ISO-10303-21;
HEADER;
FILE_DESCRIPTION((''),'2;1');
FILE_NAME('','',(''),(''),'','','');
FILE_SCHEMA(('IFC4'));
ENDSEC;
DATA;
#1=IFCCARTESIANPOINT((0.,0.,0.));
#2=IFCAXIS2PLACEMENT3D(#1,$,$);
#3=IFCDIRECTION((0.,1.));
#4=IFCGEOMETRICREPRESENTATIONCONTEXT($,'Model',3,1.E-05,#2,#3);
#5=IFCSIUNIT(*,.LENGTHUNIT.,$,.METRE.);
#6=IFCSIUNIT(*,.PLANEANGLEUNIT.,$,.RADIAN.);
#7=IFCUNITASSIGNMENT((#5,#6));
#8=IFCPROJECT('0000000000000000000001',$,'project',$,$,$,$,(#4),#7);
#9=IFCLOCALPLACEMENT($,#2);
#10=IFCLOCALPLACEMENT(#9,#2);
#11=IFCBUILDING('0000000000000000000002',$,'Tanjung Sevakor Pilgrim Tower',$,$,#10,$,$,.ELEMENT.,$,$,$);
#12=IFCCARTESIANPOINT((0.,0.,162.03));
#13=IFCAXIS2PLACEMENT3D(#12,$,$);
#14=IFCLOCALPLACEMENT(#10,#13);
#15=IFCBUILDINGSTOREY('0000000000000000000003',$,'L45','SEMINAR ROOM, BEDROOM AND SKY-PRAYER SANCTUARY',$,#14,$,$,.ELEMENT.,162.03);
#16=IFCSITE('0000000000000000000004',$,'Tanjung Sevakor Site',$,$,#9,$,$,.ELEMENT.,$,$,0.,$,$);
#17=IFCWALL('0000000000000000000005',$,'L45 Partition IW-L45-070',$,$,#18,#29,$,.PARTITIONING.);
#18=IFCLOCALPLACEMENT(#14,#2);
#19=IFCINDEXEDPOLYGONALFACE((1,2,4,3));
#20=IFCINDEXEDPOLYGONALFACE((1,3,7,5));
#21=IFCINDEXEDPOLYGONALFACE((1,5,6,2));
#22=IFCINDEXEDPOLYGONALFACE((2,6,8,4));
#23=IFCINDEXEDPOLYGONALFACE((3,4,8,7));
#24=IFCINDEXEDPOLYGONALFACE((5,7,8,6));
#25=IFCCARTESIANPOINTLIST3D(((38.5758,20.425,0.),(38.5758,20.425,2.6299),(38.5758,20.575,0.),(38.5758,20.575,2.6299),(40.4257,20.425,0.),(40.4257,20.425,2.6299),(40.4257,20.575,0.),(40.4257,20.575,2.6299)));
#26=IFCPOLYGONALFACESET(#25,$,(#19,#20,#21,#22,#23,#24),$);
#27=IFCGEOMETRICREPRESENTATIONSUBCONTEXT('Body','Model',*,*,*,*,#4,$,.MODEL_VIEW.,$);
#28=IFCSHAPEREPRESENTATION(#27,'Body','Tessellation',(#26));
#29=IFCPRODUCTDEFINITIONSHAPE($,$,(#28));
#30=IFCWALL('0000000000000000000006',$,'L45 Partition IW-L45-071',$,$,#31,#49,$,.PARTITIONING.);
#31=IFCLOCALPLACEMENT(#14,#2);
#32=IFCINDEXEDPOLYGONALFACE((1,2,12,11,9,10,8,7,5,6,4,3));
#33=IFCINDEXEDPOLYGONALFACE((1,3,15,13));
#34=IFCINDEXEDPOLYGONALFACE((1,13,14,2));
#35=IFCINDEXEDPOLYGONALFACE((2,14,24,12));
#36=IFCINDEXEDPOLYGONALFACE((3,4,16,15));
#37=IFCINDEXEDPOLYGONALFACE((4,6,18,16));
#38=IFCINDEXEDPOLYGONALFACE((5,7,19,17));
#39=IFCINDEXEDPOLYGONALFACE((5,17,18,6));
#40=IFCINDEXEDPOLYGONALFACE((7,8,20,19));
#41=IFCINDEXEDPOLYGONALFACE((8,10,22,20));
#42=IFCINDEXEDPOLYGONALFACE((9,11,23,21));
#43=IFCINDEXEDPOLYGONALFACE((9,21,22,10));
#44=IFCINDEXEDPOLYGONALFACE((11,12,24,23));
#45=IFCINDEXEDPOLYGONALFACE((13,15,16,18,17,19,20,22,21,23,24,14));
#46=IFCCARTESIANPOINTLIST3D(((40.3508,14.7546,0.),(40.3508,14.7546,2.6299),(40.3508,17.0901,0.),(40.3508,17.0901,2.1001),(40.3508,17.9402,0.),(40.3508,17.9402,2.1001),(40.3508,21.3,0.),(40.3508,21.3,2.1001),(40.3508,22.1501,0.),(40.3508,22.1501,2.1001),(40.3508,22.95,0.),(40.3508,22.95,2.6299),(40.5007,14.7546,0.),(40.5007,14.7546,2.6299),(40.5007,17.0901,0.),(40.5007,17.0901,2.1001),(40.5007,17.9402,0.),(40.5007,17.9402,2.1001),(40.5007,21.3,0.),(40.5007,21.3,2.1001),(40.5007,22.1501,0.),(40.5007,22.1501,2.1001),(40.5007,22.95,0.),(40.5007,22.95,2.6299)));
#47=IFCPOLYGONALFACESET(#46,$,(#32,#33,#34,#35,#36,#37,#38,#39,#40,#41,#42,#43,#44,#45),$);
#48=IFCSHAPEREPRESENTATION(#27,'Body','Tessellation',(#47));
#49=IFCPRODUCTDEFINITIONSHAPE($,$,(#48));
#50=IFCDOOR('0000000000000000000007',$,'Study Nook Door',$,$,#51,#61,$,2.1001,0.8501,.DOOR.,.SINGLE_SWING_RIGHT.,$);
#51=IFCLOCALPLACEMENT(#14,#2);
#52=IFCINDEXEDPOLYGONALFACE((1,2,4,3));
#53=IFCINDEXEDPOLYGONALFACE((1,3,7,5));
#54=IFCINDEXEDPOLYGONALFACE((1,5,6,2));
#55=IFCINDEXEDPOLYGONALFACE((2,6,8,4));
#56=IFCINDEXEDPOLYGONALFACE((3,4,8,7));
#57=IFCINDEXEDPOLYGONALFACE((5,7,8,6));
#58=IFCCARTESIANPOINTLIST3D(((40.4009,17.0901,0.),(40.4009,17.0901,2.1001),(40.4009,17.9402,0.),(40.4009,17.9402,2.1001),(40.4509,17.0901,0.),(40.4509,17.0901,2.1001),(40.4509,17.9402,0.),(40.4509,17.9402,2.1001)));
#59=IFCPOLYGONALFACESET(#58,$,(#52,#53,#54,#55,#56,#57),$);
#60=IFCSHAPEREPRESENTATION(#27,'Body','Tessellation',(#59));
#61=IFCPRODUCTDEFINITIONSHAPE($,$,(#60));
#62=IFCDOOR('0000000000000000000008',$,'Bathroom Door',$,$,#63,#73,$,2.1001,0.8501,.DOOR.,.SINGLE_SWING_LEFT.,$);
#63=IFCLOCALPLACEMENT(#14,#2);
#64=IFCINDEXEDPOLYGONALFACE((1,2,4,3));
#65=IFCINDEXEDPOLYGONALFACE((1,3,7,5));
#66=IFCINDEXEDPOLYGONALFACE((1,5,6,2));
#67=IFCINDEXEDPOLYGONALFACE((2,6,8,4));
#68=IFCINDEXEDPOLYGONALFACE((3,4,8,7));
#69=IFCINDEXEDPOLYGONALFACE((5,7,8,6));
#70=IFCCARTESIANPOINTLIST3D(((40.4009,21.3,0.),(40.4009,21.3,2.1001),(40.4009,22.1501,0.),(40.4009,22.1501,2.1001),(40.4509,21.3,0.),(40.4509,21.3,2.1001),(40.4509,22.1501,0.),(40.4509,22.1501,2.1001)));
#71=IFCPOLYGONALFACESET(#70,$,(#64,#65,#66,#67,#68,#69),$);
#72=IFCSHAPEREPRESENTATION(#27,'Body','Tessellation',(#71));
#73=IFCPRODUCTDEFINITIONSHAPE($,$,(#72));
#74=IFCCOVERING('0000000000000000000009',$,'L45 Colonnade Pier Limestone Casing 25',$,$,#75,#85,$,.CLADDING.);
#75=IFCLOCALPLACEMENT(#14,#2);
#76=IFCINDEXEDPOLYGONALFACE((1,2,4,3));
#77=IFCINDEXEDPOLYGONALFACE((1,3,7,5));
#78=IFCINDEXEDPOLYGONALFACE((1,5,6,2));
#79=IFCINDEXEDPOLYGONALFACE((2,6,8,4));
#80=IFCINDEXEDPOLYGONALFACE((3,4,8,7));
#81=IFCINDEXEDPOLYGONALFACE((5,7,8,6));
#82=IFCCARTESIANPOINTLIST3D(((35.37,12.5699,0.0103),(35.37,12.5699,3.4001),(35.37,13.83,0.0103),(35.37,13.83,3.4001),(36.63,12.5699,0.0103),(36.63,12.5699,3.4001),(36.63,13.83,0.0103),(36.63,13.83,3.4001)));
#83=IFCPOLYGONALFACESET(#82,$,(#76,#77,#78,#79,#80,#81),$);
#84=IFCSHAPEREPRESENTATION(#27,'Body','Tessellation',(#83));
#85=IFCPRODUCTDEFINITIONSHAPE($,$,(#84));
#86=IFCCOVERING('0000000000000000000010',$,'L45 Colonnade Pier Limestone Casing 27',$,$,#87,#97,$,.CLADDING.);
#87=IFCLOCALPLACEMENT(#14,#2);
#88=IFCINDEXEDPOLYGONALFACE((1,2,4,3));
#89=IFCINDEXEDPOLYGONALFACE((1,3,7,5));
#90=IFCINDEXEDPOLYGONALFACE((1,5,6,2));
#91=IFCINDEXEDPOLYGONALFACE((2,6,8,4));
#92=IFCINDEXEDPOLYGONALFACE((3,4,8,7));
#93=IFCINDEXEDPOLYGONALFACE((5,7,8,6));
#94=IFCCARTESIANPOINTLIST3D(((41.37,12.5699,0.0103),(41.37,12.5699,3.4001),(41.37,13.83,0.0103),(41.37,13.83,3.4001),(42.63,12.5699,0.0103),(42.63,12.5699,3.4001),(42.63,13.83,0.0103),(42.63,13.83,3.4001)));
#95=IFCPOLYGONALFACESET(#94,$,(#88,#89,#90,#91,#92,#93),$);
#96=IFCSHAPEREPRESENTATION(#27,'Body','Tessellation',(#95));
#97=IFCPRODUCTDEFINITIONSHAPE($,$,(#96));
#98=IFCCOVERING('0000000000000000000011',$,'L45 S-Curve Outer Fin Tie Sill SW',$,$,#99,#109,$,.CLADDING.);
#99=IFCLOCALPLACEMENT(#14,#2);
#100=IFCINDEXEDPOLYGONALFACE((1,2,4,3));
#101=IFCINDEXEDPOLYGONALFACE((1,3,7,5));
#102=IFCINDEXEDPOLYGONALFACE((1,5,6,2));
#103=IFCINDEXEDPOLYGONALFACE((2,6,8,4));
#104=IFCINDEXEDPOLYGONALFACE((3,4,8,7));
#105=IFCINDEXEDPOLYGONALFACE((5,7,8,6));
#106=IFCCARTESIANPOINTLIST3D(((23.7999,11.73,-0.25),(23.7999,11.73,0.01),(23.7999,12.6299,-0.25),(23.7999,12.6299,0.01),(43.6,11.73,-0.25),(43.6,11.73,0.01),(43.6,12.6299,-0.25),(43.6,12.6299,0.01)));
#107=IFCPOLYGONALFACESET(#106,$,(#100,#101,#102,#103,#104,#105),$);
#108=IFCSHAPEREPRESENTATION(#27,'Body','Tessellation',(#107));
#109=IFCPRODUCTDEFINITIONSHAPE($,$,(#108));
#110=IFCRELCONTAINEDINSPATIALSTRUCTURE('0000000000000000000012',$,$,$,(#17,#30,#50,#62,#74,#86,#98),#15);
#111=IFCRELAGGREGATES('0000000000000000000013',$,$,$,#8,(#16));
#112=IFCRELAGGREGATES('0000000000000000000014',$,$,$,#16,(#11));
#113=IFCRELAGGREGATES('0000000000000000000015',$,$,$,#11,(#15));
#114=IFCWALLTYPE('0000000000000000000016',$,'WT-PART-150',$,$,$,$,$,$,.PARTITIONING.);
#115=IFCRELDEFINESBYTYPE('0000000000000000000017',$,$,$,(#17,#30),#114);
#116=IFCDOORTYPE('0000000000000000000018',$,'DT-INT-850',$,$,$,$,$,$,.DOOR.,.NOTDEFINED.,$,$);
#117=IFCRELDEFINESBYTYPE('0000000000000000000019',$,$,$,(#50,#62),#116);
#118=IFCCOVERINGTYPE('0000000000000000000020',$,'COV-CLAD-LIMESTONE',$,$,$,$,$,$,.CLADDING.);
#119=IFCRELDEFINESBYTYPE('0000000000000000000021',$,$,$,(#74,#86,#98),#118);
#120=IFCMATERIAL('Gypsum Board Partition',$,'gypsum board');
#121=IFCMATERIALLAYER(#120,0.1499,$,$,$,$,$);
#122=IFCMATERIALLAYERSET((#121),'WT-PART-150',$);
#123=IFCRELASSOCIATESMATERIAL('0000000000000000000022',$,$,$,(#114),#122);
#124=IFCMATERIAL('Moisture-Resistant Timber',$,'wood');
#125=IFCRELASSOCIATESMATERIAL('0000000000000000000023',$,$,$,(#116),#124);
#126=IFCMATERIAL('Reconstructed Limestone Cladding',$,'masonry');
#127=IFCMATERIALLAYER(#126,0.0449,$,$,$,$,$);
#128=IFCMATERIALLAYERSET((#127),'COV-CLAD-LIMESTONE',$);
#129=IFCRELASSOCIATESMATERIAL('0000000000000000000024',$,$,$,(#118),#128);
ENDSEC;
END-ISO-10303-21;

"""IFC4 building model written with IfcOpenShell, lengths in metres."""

from ifc_helpers import new_model, si_unit, direction, frame, frame_2d, origin, origin_2d, place, context, subcontext, project, spatial, rectangle, extrude, material, layer, layer_set, type_object, element, fill, save


model = new_model("IFC4")

# Units and contexts
model_context = context("Model", 3, precision=1e-05, world=origin(), true_north=direction((0.0, 1.0)))
body_context = subcontext(model_context, "Body", "Model", "MODEL_VIEW")
ifc_project = project(units=[si_unit("LENGTHUNIT", "METRE"), si_unit("PLANEANGLEUNIT", "RADIAN")], contexts=[model_context])

# Site, building, storey
site_placement = place(None, origin())
site = spatial("IfcSite", under=ifc_project, at=site_placement, Name="Tanjung Sevakor Site", CompositionType="ELEMENT", RefElevation=0.0)
building_placement = place(site_placement, origin())
building = spatial("IfcBuilding", under=site, at=building_placement, Name="Tanjung Sevakor Pilgrim Tower", CompositionType="ELEMENT")
storey_placement = place(building_placement, frame((0.0, 0.0, 162.03)))
storey = spatial("IfcBuildingStorey", under=building, at=storey_placement, Name="L45", Description="SEMINAR ROOM, BEDROOM AND SKY-PRAYER SANCTUARY", CompositionType="ELEMENT", Elevation=162.03)

# Wall
ifc_material_1 = material(Name="Gypsum Board Partition", Category="gypsum board")
ifc_layer_1 = layer(ifc_material_1, 0.1499)
ifc_layer_set_1 = layer_set([ifc_layer_1], Name="WT-PART-150")
wall_type_1 = type_object("IfcWallType", Name="WT-PART-150", PredefinedType="PARTITIONING", material=ifc_layer_set_1)
wall_1_placement = place(storey_placement, frame((38.5759, 20.5, 0.0), z_axis=(0.0, 0.0, 1.0), x_axis=(1.0, 0.0, 0.0)))
element("IfcWall", 1, at=wall_1_placement, inside=storey, type_object=wall_type_1, Name="L45 Partition IW-L45-070", PredefinedType="PARTITIONING", context=body_context, shape_type="SweptSolid", body=[
    extrude(rectangle(XDim=1.8499, YDim=0.1499, at=frame_2d((0.9248, 0.0))), origin(), (0.0, 0.0, 1.0), 2.6299),
])

# Wall, openings, doors
wall_2_placement = place(storey_placement, frame((40.4258, 14.7546, 0.0), z_axis=(0.0, 0.0, 1.0), x_axis=(0.0, 1.0, 0.0)))
wall_2 = element("IfcWall", 2, at=wall_2_placement, inside=storey, type_object=wall_type_1, Name="L45 Partition IW-L45-071", PredefinedType="PARTITIONING", context=body_context, shape_type="SweptSolid", body=[
    extrude(rectangle(XDim=8.1953, YDim=0.1499, at=frame_2d((4.0977, 0.0))), origin(), (0.0, 0.0, 1.0), 2.6299),
])
opening_1_placement = place(wall_2_placement, frame((2.3354, 0.0, 0.0)))
opening_1 = element("IfcOpeningElement", 3, at=opening_1_placement, cuts=wall_2, PredefinedType="OPENING", context=body_context, shape_type="SweptSolid", body=[
    extrude(rectangle(XDim=0.8501, YDim=2.1001, at=frame_2d((0.425, 1.05))), frame((0.0, 0.085, 0.0), z_axis=(0.0, -1.0, 0.0), x_axis=(1.0, 0.0, 0.0)), (0.0, 0.0, 1.0), 0.1699),
])
opening_2_placement = place(wall_2_placement, frame((6.5454, 0.0, 0.0)))
opening_2 = element("IfcOpeningElement", 4, at=opening_2_placement, cuts=wall_2, PredefinedType="OPENING", context=body_context, shape_type="SweptSolid", body=[
    extrude(rectangle(XDim=0.8501, YDim=2.1001, at=frame_2d((0.425, 1.05))), frame((0.0, 0.085, 0.0), z_axis=(0.0, -1.0, 0.0), x_axis=(1.0, 0.0, 0.0)), (0.0, 0.0, 1.0), 0.1699),
])
ifc_material_2 = material(Name="Moisture-Resistant Timber", Category="wood")
door_type_1 = type_object("IfcDoorType", Name="DT-INT-850", OperationType="NOTDEFINED", PredefinedType="DOOR", material=ifc_material_2)
door_1_placement = place(opening_1_placement, origin())
door_1 = element("IfcDoor", 5, at=door_1_placement, inside=storey, type_object=door_type_1, Name="Study Nook Door", OperationType="SINGLE_SWING_RIGHT", OverallHeight=2.1001, OverallWidth=0.8501, PredefinedType="DOOR", context=body_context, shape_type="SweptSolid", body=[
    extrude(rectangle(XDim=0.8501, YDim=2.1001, at=frame_2d((0.425, 1.05))), frame((0.0, 0.0249, 0.0), z_axis=(0.0, -1.0, 0.0), x_axis=(1.0, 0.0, 0.0)), (0.0, 0.0, 1.0), 0.05),
])
fill(opening_1, door_1)
door_2_placement = place(opening_2_placement, origin())
door_2 = element("IfcDoor", 6, at=door_2_placement, inside=storey, type_object=door_type_1, Name="Bathroom Door", OperationType="SINGLE_SWING_LEFT", OverallHeight=2.1001, OverallWidth=0.8501, PredefinedType="DOOR", context=body_context, shape_type="SweptSolid", body=[
    extrude(rectangle(XDim=0.8501, YDim=2.1001, at=frame_2d((0.425, 1.05))), frame((0.0, 0.0249, 0.0), z_axis=(0.0, -1.0, 0.0), x_axis=(1.0, 0.0, 0.0)), (0.0, 0.0, 1.0), 0.05),
])
fill(opening_2, door_2)

# Coverings
ifc_material_3 = material(Name="Reconstructed Limestone Cladding", Category="masonry")
ifc_layer_2 = layer(ifc_material_3, 0.0449)
ifc_layer_set_2 = layer_set([ifc_layer_2], Name="COV-CLAD-LIMESTONE")
covering_type = type_object("IfcCoveringType", Name="COV-CLAD-LIMESTONE", PredefinedType="CLADDING", material=ifc_layer_set_2)
for number, where, z_axis, x_axis, name in (
    (7, (36.0, 13.2, 0.0103), (0.0, 0.0, 1.0), (1.0, 0.0, 0.0), "L45 Colonnade Pier Limestone Casing 25"),
    (8, (42.0, 13.2, 0.0103), (0.0, 0.0, 1.0), (1.0, 0.0, 0.0), "L45 Colonnade Pier Limestone Casing 27"),
):
    element("IfcCovering", number, at=place(storey_placement, frame(where, z_axis=z_axis, x_axis=x_axis)), inside=storey, type_object=covering_type, Name=name, PredefinedType="CLADDING", context=body_context, shape_type="SweptSolid", body=[
        extrude(rectangle(XDim=1.26, YDim=1.26, at=origin_2d()), origin(), (0.0, 0.0, 1.0), 3.3899),
    ])
covering_placement = place(storey_placement, frame((33.7, 12.1799, -0.25), z_axis=(0.0, 0.0, 1.0), x_axis=(1.0, 0.0, 0.0)))
element("IfcCovering", 9, at=covering_placement, inside=storey, type_object=covering_type, Name="L45 S-Curve Outer Fin Tie Sill SW", PredefinedType="CLADDING", context=body_context, shape_type="SweptSolid", body=[
    extrude(rectangle(XDim=19.8, YDim=0.8999, at=origin_2d()), origin(), (0.0, 0.0, 1.0), 0.26),
])

save(model, "model.ifc")
